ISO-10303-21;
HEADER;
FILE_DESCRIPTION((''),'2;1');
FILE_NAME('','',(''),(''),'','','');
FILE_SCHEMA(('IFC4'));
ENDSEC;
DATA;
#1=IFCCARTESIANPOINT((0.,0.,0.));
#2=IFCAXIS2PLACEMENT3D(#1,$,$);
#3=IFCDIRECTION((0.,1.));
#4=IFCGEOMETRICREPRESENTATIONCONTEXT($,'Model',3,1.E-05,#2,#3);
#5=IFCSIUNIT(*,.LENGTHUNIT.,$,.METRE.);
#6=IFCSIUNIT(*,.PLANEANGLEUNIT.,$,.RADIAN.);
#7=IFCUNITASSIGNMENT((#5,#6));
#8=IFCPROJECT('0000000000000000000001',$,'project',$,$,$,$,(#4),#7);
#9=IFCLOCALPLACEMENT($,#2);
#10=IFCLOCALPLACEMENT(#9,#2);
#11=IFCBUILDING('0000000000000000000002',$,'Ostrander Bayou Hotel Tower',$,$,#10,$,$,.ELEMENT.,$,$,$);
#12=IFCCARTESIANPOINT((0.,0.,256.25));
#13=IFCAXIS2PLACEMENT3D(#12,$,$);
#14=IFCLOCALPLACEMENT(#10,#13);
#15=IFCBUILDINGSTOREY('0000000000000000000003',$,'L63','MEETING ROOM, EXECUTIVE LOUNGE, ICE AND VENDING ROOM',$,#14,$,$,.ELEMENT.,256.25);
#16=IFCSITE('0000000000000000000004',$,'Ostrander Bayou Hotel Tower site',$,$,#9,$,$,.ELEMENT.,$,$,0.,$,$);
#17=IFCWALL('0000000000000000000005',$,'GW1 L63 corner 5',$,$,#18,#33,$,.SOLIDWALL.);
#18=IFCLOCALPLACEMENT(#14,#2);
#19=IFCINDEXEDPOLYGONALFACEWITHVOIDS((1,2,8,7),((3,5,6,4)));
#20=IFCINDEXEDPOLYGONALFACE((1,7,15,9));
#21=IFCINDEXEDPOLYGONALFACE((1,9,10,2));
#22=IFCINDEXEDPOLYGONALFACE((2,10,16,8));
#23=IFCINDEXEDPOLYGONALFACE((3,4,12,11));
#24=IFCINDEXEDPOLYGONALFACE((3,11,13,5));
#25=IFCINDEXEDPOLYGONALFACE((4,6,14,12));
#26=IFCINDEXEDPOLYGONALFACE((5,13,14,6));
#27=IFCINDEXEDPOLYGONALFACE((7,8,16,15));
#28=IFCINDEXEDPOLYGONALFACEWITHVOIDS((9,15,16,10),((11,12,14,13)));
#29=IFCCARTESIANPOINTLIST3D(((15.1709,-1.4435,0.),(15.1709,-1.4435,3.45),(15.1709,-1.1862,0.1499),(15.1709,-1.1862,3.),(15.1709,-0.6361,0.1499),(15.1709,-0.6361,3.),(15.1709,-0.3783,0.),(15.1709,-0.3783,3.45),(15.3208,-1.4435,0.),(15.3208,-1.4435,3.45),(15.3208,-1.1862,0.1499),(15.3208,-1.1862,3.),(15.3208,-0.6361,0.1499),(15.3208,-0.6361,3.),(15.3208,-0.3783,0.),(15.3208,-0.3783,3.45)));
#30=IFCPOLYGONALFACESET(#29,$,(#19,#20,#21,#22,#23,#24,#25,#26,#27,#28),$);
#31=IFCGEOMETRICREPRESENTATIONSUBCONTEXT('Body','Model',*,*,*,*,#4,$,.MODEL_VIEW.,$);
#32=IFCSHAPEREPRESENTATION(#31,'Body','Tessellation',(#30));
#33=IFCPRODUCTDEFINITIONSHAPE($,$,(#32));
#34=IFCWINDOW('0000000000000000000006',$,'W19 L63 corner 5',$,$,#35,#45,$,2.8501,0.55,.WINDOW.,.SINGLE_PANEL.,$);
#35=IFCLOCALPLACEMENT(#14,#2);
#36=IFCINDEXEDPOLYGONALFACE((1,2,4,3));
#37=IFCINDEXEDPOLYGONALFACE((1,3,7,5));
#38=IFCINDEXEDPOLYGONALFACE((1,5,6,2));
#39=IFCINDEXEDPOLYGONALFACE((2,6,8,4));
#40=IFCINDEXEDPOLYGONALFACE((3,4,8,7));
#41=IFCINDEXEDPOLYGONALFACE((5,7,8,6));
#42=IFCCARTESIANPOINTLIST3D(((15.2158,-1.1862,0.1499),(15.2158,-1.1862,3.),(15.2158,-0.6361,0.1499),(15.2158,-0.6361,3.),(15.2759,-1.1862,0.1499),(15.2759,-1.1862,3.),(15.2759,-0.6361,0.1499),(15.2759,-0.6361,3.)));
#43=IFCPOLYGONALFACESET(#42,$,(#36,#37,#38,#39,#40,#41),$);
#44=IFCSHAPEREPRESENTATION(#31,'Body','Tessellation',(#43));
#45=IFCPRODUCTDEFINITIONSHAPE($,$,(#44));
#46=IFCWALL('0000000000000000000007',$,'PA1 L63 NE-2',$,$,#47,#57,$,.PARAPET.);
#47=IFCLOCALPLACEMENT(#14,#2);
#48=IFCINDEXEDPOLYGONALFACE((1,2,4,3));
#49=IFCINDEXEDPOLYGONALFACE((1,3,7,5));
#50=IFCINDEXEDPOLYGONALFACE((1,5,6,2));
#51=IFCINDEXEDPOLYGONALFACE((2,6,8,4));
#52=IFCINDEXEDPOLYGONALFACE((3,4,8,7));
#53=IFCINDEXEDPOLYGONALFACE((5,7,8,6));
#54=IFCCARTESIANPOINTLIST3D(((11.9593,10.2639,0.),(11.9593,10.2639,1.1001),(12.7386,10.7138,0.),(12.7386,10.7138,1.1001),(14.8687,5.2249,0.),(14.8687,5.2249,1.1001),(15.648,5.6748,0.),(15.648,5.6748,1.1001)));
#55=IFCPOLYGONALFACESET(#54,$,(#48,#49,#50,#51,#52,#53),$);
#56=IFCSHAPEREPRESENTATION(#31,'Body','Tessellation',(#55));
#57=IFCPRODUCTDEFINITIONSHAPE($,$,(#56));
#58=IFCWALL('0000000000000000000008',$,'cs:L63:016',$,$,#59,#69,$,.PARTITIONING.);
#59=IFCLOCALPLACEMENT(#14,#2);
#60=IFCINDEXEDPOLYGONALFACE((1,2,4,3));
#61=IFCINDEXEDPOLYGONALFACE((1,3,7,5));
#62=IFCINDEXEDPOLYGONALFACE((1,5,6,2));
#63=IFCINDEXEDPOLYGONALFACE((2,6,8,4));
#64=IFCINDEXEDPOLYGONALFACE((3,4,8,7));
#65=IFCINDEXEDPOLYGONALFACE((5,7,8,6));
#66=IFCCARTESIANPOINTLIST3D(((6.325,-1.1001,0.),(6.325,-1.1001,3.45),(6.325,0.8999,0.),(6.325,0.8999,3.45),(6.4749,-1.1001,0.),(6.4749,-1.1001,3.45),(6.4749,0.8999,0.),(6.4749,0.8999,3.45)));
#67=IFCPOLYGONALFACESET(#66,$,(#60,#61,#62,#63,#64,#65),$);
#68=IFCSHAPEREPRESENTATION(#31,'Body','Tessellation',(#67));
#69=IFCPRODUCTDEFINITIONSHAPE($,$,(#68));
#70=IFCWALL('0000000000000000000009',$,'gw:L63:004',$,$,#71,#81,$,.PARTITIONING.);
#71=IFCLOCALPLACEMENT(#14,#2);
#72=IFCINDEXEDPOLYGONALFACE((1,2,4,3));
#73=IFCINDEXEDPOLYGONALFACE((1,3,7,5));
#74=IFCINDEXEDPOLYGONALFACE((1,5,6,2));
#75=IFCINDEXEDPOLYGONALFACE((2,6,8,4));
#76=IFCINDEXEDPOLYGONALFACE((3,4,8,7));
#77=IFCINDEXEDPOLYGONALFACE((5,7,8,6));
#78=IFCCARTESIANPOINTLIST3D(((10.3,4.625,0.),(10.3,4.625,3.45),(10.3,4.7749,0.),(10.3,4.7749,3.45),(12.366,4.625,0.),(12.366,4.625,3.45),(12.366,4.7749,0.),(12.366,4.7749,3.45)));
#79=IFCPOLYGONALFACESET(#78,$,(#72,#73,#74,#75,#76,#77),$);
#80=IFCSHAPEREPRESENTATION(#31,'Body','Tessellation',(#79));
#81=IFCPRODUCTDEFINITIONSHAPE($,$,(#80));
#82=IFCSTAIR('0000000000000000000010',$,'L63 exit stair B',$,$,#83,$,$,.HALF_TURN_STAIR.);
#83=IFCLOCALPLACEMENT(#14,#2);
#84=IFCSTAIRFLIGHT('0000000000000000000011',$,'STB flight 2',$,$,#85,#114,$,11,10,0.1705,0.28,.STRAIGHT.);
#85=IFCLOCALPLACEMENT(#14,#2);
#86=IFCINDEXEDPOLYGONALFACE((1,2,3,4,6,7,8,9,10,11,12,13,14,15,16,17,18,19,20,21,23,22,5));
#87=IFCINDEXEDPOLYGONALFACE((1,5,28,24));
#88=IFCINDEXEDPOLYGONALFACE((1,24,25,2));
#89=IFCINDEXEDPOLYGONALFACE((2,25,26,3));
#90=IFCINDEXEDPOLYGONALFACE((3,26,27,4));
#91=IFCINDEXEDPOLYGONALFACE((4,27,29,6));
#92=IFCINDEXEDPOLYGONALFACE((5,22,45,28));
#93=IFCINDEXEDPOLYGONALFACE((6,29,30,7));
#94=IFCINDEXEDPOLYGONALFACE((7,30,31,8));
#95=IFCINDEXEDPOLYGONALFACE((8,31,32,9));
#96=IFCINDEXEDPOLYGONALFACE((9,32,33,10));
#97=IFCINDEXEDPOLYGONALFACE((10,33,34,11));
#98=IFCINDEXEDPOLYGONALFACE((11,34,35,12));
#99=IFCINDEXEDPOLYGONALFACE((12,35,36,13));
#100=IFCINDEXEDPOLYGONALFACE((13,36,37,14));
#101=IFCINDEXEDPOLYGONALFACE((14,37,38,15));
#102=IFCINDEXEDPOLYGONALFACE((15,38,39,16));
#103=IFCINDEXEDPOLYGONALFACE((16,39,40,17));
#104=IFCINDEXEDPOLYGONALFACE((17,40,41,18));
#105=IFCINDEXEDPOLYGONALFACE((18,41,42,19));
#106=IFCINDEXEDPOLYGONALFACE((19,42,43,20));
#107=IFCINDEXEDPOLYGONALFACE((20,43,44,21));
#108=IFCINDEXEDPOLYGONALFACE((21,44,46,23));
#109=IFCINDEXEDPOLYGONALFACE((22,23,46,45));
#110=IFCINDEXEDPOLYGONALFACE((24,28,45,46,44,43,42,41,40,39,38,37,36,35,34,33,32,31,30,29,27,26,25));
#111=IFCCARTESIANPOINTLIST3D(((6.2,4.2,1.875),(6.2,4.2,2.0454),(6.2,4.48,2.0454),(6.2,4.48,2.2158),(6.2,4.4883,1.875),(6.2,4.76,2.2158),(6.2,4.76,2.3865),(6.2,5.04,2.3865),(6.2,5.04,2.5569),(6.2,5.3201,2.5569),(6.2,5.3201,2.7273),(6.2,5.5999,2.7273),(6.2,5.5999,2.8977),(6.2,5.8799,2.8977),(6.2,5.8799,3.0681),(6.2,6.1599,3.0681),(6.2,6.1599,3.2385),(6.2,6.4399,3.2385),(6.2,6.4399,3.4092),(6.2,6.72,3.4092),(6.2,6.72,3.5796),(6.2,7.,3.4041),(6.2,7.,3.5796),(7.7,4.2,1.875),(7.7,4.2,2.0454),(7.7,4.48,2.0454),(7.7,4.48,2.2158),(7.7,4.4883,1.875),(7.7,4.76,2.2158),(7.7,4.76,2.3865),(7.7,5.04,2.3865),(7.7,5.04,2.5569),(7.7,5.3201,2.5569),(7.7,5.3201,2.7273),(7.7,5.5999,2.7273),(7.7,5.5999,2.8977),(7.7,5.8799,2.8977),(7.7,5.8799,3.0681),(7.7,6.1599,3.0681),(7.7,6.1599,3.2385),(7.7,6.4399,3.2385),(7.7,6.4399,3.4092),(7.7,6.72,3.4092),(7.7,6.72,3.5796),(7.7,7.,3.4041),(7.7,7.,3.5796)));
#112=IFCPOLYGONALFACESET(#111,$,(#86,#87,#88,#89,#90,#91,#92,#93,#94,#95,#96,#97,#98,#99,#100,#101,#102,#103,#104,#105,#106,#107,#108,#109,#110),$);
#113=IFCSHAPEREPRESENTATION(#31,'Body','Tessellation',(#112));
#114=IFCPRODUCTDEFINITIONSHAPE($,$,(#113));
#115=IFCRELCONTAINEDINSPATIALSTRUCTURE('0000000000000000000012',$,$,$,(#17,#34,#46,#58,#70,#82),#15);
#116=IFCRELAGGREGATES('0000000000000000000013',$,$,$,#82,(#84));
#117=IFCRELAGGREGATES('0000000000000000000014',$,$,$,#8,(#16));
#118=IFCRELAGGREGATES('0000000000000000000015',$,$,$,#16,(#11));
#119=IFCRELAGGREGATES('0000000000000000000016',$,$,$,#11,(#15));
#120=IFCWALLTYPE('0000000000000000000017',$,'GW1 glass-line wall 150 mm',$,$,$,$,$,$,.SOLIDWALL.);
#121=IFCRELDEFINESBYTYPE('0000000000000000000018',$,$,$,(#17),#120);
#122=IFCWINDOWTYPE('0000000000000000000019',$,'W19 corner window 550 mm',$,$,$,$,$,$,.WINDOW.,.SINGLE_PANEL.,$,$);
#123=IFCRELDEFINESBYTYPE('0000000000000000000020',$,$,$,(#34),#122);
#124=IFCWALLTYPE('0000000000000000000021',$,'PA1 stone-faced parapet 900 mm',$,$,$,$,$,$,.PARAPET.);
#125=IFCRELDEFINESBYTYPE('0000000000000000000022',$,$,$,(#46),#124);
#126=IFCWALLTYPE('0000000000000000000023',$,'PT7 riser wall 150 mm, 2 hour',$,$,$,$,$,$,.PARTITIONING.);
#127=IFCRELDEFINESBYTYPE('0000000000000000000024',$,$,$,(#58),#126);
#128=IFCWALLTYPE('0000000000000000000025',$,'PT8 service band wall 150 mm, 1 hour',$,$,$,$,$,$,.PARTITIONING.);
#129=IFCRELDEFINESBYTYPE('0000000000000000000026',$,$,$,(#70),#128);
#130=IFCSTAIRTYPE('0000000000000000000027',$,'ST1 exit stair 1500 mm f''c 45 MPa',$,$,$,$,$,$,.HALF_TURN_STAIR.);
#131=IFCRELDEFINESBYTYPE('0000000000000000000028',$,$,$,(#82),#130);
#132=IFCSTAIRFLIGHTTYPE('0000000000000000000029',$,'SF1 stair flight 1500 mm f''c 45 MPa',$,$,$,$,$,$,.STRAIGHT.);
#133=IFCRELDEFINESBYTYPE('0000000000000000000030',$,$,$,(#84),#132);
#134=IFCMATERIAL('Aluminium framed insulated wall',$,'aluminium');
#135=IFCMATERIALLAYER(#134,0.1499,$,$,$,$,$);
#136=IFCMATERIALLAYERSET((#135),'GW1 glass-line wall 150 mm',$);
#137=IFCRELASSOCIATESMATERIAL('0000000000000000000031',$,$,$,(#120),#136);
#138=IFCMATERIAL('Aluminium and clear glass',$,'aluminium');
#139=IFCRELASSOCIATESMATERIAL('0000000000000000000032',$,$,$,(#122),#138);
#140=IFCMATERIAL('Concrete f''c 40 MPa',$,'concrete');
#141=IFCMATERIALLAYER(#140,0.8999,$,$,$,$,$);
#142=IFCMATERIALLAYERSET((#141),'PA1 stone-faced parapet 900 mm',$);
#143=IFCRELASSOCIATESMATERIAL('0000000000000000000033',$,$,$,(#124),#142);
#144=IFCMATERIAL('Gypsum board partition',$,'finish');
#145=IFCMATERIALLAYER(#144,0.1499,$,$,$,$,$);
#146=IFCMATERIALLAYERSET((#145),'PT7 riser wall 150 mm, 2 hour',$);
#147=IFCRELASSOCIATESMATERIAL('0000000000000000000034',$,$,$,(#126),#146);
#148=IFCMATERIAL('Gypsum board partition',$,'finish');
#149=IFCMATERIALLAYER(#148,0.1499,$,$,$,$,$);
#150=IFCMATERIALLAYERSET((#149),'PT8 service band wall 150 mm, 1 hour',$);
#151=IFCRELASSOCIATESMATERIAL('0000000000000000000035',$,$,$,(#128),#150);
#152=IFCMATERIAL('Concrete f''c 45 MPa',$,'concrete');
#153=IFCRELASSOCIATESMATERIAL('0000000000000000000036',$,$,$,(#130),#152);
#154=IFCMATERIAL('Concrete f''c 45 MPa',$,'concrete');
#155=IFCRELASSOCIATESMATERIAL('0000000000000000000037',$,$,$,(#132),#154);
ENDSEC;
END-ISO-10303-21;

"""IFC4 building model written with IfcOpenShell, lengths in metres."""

from ifc_helpers import new_model, si_unit, direction, frame, frame_2d, origin, place, context, subcontext, project, spatial, polyline, rectangle, outline, extrude, material, layer, layer_set, type_object, element, fill, aggregate, save


model = new_model("IFC4")

# Units and contexts
model_context = context("Model", 3, precision=1e-05, world=origin(), true_north=direction((0.0, 1.0)))
body_context = subcontext(model_context, "Body", "Model", "MODEL_VIEW")
ifc_project = project(units=[si_unit("LENGTHUNIT", "METRE"), si_unit("PLANEANGLEUNIT", "RADIAN")], contexts=[model_context])

# Site, building, storey
site_placement = place(None, origin())
site = spatial("IfcSite", under=ifc_project, at=site_placement, Name="Ostrander Bayou Hotel Tower site", CompositionType="ELEMENT", RefElevation=0.0)
building_placement = place(site_placement, origin())
building = spatial("IfcBuilding", under=site, at=building_placement, Name="Ostrander Bayou Hotel Tower", CompositionType="ELEMENT")
storey_placement = place(building_placement, frame((0.0, 0.0, 256.25)))
storey = spatial("IfcBuildingStorey", under=building, at=storey_placement, Name="L63", Description="MEETING ROOM, EXECUTIVE LOUNGE, ICE AND VENDING ROOM", CompositionType="ELEMENT", Elevation=256.25)

# Shared definitions
ifc_material_1 = material(Name="Aluminium framed insulated wall", Category="aluminium")
ifc_layer_1 = layer(ifc_material_1, 0.1499)
ifc_layer_set_1 = layer_set([ifc_layer_1], Name="GW1 glass-line wall 150 mm")
wall_type_1 = type_object("IfcWallType", Name="GW1 glass-line wall 150 mm", PredefinedType="SOLIDWALL", material=ifc_layer_set_1)

# Wall, opening, window
wall_1_placement = place(storey_placement, frame((15.2458, -1.4436, 0.0), z_axis=(0.0, 0.0, 1.0), x_axis=(0.0, 1.0, 0.0)))
wall_1 = element("IfcWall", 1, at=wall_1_placement, inside=storey, type_object=wall_type_1, Name="GW1 L63 corner 5", PredefinedType="SOLIDWALL", context=body_context, shape_type="SweptSolid", body=[
    extrude(rectangle(XDim=1.0652, YDim=0.1499, at=frame_2d((0.5327, 0.0))), origin(), (0.0, 0.0, 1.0), 3.45),
])
opening_1_placement = place(wall_1_placement, frame((0.2576, 0.0, 0.1499)))
opening_1 = element("IfcOpeningElement", 2, at=opening_1_placement, cuts=wall_1, PredefinedType="OPENING", context=body_context, shape_type="SweptSolid", body=[
    extrude(rectangle(XDim=0.55, YDim=2.8501, at=frame_2d((0.2749, 1.425))), frame((0.0, 0.075, 0.0), z_axis=(0.0, -1.0, 0.0), x_axis=(1.0, 0.0, 0.0)), (0.0, 0.0, 1.0), 0.1499),
])
ifc_material_2 = material(Name="Aluminium and clear glass", Category="aluminium")
window_type_1 = type_object("IfcWindowType", Name="W19 corner window 550 mm", PartitioningType="SINGLE_PANEL", PredefinedType="WINDOW", material=ifc_material_2)
window_1_placement = place(opening_1_placement, origin())
window_1 = element("IfcWindow", 3, at=window_1_placement, inside=storey, type_object=window_type_1, Name="W19 L63 corner 5", OverallHeight=2.8501, OverallWidth=0.55, PartitioningType="SINGLE_PANEL", PredefinedType="WINDOW", context=body_context, shape_type="SweptSolid", body=[
    extrude(rectangle(XDim=0.55, YDim=2.8501, at=frame_2d((0.2749, 1.425))), frame((0.0, 0.03, 0.0), z_axis=(0.0, -1.0, 0.0), x_axis=(1.0, 0.0, 0.0)), (0.0, 0.0, 1.0), 0.0601),
])
fill(opening_1, window_1)

# Walls
ifc_material_3 = material(Name="Concrete f'c 40 MPa", Category="concrete")
ifc_layer_2 = layer(ifc_material_3, 0.8999)
ifc_layer_set_2 = layer_set([ifc_layer_2], Name="PA1 stone-faced parapet 900 mm")
wall_type_2 = type_object("IfcWallType", Name="PA1 stone-faced parapet 900 mm", PredefinedType="PARAPET", material=ifc_layer_set_2)
wall_2_placement = place(storey_placement, frame((15.2583, 5.45, 0.0), z_axis=(0.0, 0.0, 1.0), x_axis=(-0.500015, 0.866016, 0.0)))
element("IfcWall", 4, at=wall_2_placement, inside=storey, type_object=wall_type_2, Name="PA1 L63 NE-2", PredefinedType="PARAPET", context=body_context, shape_type="SweptSolid", body=[
    extrude(rectangle(XDim=5.8186, YDim=0.8999, at=frame_2d((2.9092, 0.0))), origin(), (0.0, 0.0, 1.0), 1.1001),
])
ifc_material_4 = material(Name="Gypsum board partition", Category="finish")
ifc_layer_3 = layer(ifc_material_4, 0.1499)
ifc_layer_set_3 = layer_set([ifc_layer_3], Name="PT7 riser wall 150 mm, 2 hour")
wall_type_3 = type_object("IfcWallType", Name="PT7 riser wall 150 mm, 2 hour", PredefinedType="PARTITIONING", material=ifc_layer_set_3)
wall_3_placement = place(storey_placement, frame((6.3999, -1.1001, 0.0), z_axis=(0.0, 0.0, 1.0), x_axis=(0.0, 1.0, 0.0)))
element("IfcWall", 5, at=wall_3_placement, inside=storey, type_object=wall_type_3, Name="cs:L63:016", PredefinedType="PARTITIONING", context=body_context, shape_type="SweptSolid", body=[
    extrude(rectangle(XDim=2.0, YDim=0.1499, at=frame_2d((1.0, 0.0))), origin(), (0.0, 0.0, 1.0), 3.45),
])
ifc_material_5 = material(Name="Gypsum board partition", Category="finish")
ifc_layer_4 = layer(ifc_material_5, 0.1499)
ifc_layer_set_4 = layer_set([ifc_layer_4], Name="PT8 service band wall 150 mm, 1 hour")
wall_type_4 = type_object("IfcWallType", Name="PT8 service band wall 150 mm, 1 hour", PredefinedType="PARTITIONING", material=ifc_layer_set_4)
wall_4_placement = place(storey_placement, frame((10.3, 4.7, 0.0), z_axis=(0.0, 0.0, 1.0), x_axis=(1.0, 0.0, 0.0)))
element("IfcWall", 6, at=wall_4_placement, inside=storey, type_object=wall_type_4, Name="gw:L63:004", PredefinedType="PARTITIONING", context=body_context, shape_type="SweptSolid", body=[
    extrude(rectangle(XDim=2.0659, YDim=0.1499, at=frame_2d((1.033, 0.0))), origin(), (0.0, 0.0, 1.0), 3.45),
])

# Stair, stair flight
ifc_material_6 = material(Name="Concrete f'c 45 MPa", Category="concrete")
stair_type = type_object("IfcStairType", Name="ST1 exit stair 1500 mm f'c 45 MPa", PredefinedType="HALF_TURN_STAIR", material=ifc_material_6)
stair_placement = place(storey_placement, origin())
stair = element("IfcStair", 7, at=stair_placement, inside=storey, type_object=stair_type, Name="L63 exit stair B", PredefinedType="HALF_TURN_STAIR")
ifc_material_7 = material(Name="Concrete f'c 45 MPa", Category="concrete")
stair_flight_type = type_object("IfcStairFlightType", Name="SF1 stair flight 1500 mm f'c 45 MPa", PredefinedType="STRAIGHT", material=ifc_material_7)
stair_flight_placement = place(storey_placement, frame((6.95, 4.2, 1.875), z_axis=(0.0, 0.0, 1.0), x_axis=(0.0, 1.0, 0.0)))
stair_flight = element("IfcStairFlight", 8, at=stair_flight_placement, type_object=stair_flight_type, Name="STB flight 2", NumberOfRisers=11, NumberOfTreads=10, PredefinedType="STRAIGHT", RiserHeight=0.1705, TreadLength=0.28, context=body_context, shape_type="SweptSolid", body=[
    extrude(outline(polyline([(0.0, 0.0), (0.0, 0.1704), (0.28, 0.1704), (0.28, 0.3408), (0.5601, 0.3408), (0.5601, 0.5115), (0.8401, 0.5115), (0.8401, 0.6819), (1.1201, 0.6819), (1.1201, 0.8523), (1.3999, 0.8523), (1.3999, 1.0227), (1.6799, 1.0227), (1.6799, 1.1931), (1.96, 1.1931), (1.96, 1.3635), (2.24, 1.3635), (2.24, 1.5342), (2.52, 1.5342), (2.52, 1.7046), (2.8, 1.7046), (2.8, 1.875), (2.8, 1.5291), (0.2883, 0.0), (0.0, 0.0)])), frame((0.0, 0.75, 0.0), z_axis=(0.0, -1.0, 0.0), x_axis=(1.0, 0.0, 0.0)), (0.0, 0.0, 1.0), 1.5),
])
aggregate(stair, [stair_flight])

save(model, "model.ifc")
